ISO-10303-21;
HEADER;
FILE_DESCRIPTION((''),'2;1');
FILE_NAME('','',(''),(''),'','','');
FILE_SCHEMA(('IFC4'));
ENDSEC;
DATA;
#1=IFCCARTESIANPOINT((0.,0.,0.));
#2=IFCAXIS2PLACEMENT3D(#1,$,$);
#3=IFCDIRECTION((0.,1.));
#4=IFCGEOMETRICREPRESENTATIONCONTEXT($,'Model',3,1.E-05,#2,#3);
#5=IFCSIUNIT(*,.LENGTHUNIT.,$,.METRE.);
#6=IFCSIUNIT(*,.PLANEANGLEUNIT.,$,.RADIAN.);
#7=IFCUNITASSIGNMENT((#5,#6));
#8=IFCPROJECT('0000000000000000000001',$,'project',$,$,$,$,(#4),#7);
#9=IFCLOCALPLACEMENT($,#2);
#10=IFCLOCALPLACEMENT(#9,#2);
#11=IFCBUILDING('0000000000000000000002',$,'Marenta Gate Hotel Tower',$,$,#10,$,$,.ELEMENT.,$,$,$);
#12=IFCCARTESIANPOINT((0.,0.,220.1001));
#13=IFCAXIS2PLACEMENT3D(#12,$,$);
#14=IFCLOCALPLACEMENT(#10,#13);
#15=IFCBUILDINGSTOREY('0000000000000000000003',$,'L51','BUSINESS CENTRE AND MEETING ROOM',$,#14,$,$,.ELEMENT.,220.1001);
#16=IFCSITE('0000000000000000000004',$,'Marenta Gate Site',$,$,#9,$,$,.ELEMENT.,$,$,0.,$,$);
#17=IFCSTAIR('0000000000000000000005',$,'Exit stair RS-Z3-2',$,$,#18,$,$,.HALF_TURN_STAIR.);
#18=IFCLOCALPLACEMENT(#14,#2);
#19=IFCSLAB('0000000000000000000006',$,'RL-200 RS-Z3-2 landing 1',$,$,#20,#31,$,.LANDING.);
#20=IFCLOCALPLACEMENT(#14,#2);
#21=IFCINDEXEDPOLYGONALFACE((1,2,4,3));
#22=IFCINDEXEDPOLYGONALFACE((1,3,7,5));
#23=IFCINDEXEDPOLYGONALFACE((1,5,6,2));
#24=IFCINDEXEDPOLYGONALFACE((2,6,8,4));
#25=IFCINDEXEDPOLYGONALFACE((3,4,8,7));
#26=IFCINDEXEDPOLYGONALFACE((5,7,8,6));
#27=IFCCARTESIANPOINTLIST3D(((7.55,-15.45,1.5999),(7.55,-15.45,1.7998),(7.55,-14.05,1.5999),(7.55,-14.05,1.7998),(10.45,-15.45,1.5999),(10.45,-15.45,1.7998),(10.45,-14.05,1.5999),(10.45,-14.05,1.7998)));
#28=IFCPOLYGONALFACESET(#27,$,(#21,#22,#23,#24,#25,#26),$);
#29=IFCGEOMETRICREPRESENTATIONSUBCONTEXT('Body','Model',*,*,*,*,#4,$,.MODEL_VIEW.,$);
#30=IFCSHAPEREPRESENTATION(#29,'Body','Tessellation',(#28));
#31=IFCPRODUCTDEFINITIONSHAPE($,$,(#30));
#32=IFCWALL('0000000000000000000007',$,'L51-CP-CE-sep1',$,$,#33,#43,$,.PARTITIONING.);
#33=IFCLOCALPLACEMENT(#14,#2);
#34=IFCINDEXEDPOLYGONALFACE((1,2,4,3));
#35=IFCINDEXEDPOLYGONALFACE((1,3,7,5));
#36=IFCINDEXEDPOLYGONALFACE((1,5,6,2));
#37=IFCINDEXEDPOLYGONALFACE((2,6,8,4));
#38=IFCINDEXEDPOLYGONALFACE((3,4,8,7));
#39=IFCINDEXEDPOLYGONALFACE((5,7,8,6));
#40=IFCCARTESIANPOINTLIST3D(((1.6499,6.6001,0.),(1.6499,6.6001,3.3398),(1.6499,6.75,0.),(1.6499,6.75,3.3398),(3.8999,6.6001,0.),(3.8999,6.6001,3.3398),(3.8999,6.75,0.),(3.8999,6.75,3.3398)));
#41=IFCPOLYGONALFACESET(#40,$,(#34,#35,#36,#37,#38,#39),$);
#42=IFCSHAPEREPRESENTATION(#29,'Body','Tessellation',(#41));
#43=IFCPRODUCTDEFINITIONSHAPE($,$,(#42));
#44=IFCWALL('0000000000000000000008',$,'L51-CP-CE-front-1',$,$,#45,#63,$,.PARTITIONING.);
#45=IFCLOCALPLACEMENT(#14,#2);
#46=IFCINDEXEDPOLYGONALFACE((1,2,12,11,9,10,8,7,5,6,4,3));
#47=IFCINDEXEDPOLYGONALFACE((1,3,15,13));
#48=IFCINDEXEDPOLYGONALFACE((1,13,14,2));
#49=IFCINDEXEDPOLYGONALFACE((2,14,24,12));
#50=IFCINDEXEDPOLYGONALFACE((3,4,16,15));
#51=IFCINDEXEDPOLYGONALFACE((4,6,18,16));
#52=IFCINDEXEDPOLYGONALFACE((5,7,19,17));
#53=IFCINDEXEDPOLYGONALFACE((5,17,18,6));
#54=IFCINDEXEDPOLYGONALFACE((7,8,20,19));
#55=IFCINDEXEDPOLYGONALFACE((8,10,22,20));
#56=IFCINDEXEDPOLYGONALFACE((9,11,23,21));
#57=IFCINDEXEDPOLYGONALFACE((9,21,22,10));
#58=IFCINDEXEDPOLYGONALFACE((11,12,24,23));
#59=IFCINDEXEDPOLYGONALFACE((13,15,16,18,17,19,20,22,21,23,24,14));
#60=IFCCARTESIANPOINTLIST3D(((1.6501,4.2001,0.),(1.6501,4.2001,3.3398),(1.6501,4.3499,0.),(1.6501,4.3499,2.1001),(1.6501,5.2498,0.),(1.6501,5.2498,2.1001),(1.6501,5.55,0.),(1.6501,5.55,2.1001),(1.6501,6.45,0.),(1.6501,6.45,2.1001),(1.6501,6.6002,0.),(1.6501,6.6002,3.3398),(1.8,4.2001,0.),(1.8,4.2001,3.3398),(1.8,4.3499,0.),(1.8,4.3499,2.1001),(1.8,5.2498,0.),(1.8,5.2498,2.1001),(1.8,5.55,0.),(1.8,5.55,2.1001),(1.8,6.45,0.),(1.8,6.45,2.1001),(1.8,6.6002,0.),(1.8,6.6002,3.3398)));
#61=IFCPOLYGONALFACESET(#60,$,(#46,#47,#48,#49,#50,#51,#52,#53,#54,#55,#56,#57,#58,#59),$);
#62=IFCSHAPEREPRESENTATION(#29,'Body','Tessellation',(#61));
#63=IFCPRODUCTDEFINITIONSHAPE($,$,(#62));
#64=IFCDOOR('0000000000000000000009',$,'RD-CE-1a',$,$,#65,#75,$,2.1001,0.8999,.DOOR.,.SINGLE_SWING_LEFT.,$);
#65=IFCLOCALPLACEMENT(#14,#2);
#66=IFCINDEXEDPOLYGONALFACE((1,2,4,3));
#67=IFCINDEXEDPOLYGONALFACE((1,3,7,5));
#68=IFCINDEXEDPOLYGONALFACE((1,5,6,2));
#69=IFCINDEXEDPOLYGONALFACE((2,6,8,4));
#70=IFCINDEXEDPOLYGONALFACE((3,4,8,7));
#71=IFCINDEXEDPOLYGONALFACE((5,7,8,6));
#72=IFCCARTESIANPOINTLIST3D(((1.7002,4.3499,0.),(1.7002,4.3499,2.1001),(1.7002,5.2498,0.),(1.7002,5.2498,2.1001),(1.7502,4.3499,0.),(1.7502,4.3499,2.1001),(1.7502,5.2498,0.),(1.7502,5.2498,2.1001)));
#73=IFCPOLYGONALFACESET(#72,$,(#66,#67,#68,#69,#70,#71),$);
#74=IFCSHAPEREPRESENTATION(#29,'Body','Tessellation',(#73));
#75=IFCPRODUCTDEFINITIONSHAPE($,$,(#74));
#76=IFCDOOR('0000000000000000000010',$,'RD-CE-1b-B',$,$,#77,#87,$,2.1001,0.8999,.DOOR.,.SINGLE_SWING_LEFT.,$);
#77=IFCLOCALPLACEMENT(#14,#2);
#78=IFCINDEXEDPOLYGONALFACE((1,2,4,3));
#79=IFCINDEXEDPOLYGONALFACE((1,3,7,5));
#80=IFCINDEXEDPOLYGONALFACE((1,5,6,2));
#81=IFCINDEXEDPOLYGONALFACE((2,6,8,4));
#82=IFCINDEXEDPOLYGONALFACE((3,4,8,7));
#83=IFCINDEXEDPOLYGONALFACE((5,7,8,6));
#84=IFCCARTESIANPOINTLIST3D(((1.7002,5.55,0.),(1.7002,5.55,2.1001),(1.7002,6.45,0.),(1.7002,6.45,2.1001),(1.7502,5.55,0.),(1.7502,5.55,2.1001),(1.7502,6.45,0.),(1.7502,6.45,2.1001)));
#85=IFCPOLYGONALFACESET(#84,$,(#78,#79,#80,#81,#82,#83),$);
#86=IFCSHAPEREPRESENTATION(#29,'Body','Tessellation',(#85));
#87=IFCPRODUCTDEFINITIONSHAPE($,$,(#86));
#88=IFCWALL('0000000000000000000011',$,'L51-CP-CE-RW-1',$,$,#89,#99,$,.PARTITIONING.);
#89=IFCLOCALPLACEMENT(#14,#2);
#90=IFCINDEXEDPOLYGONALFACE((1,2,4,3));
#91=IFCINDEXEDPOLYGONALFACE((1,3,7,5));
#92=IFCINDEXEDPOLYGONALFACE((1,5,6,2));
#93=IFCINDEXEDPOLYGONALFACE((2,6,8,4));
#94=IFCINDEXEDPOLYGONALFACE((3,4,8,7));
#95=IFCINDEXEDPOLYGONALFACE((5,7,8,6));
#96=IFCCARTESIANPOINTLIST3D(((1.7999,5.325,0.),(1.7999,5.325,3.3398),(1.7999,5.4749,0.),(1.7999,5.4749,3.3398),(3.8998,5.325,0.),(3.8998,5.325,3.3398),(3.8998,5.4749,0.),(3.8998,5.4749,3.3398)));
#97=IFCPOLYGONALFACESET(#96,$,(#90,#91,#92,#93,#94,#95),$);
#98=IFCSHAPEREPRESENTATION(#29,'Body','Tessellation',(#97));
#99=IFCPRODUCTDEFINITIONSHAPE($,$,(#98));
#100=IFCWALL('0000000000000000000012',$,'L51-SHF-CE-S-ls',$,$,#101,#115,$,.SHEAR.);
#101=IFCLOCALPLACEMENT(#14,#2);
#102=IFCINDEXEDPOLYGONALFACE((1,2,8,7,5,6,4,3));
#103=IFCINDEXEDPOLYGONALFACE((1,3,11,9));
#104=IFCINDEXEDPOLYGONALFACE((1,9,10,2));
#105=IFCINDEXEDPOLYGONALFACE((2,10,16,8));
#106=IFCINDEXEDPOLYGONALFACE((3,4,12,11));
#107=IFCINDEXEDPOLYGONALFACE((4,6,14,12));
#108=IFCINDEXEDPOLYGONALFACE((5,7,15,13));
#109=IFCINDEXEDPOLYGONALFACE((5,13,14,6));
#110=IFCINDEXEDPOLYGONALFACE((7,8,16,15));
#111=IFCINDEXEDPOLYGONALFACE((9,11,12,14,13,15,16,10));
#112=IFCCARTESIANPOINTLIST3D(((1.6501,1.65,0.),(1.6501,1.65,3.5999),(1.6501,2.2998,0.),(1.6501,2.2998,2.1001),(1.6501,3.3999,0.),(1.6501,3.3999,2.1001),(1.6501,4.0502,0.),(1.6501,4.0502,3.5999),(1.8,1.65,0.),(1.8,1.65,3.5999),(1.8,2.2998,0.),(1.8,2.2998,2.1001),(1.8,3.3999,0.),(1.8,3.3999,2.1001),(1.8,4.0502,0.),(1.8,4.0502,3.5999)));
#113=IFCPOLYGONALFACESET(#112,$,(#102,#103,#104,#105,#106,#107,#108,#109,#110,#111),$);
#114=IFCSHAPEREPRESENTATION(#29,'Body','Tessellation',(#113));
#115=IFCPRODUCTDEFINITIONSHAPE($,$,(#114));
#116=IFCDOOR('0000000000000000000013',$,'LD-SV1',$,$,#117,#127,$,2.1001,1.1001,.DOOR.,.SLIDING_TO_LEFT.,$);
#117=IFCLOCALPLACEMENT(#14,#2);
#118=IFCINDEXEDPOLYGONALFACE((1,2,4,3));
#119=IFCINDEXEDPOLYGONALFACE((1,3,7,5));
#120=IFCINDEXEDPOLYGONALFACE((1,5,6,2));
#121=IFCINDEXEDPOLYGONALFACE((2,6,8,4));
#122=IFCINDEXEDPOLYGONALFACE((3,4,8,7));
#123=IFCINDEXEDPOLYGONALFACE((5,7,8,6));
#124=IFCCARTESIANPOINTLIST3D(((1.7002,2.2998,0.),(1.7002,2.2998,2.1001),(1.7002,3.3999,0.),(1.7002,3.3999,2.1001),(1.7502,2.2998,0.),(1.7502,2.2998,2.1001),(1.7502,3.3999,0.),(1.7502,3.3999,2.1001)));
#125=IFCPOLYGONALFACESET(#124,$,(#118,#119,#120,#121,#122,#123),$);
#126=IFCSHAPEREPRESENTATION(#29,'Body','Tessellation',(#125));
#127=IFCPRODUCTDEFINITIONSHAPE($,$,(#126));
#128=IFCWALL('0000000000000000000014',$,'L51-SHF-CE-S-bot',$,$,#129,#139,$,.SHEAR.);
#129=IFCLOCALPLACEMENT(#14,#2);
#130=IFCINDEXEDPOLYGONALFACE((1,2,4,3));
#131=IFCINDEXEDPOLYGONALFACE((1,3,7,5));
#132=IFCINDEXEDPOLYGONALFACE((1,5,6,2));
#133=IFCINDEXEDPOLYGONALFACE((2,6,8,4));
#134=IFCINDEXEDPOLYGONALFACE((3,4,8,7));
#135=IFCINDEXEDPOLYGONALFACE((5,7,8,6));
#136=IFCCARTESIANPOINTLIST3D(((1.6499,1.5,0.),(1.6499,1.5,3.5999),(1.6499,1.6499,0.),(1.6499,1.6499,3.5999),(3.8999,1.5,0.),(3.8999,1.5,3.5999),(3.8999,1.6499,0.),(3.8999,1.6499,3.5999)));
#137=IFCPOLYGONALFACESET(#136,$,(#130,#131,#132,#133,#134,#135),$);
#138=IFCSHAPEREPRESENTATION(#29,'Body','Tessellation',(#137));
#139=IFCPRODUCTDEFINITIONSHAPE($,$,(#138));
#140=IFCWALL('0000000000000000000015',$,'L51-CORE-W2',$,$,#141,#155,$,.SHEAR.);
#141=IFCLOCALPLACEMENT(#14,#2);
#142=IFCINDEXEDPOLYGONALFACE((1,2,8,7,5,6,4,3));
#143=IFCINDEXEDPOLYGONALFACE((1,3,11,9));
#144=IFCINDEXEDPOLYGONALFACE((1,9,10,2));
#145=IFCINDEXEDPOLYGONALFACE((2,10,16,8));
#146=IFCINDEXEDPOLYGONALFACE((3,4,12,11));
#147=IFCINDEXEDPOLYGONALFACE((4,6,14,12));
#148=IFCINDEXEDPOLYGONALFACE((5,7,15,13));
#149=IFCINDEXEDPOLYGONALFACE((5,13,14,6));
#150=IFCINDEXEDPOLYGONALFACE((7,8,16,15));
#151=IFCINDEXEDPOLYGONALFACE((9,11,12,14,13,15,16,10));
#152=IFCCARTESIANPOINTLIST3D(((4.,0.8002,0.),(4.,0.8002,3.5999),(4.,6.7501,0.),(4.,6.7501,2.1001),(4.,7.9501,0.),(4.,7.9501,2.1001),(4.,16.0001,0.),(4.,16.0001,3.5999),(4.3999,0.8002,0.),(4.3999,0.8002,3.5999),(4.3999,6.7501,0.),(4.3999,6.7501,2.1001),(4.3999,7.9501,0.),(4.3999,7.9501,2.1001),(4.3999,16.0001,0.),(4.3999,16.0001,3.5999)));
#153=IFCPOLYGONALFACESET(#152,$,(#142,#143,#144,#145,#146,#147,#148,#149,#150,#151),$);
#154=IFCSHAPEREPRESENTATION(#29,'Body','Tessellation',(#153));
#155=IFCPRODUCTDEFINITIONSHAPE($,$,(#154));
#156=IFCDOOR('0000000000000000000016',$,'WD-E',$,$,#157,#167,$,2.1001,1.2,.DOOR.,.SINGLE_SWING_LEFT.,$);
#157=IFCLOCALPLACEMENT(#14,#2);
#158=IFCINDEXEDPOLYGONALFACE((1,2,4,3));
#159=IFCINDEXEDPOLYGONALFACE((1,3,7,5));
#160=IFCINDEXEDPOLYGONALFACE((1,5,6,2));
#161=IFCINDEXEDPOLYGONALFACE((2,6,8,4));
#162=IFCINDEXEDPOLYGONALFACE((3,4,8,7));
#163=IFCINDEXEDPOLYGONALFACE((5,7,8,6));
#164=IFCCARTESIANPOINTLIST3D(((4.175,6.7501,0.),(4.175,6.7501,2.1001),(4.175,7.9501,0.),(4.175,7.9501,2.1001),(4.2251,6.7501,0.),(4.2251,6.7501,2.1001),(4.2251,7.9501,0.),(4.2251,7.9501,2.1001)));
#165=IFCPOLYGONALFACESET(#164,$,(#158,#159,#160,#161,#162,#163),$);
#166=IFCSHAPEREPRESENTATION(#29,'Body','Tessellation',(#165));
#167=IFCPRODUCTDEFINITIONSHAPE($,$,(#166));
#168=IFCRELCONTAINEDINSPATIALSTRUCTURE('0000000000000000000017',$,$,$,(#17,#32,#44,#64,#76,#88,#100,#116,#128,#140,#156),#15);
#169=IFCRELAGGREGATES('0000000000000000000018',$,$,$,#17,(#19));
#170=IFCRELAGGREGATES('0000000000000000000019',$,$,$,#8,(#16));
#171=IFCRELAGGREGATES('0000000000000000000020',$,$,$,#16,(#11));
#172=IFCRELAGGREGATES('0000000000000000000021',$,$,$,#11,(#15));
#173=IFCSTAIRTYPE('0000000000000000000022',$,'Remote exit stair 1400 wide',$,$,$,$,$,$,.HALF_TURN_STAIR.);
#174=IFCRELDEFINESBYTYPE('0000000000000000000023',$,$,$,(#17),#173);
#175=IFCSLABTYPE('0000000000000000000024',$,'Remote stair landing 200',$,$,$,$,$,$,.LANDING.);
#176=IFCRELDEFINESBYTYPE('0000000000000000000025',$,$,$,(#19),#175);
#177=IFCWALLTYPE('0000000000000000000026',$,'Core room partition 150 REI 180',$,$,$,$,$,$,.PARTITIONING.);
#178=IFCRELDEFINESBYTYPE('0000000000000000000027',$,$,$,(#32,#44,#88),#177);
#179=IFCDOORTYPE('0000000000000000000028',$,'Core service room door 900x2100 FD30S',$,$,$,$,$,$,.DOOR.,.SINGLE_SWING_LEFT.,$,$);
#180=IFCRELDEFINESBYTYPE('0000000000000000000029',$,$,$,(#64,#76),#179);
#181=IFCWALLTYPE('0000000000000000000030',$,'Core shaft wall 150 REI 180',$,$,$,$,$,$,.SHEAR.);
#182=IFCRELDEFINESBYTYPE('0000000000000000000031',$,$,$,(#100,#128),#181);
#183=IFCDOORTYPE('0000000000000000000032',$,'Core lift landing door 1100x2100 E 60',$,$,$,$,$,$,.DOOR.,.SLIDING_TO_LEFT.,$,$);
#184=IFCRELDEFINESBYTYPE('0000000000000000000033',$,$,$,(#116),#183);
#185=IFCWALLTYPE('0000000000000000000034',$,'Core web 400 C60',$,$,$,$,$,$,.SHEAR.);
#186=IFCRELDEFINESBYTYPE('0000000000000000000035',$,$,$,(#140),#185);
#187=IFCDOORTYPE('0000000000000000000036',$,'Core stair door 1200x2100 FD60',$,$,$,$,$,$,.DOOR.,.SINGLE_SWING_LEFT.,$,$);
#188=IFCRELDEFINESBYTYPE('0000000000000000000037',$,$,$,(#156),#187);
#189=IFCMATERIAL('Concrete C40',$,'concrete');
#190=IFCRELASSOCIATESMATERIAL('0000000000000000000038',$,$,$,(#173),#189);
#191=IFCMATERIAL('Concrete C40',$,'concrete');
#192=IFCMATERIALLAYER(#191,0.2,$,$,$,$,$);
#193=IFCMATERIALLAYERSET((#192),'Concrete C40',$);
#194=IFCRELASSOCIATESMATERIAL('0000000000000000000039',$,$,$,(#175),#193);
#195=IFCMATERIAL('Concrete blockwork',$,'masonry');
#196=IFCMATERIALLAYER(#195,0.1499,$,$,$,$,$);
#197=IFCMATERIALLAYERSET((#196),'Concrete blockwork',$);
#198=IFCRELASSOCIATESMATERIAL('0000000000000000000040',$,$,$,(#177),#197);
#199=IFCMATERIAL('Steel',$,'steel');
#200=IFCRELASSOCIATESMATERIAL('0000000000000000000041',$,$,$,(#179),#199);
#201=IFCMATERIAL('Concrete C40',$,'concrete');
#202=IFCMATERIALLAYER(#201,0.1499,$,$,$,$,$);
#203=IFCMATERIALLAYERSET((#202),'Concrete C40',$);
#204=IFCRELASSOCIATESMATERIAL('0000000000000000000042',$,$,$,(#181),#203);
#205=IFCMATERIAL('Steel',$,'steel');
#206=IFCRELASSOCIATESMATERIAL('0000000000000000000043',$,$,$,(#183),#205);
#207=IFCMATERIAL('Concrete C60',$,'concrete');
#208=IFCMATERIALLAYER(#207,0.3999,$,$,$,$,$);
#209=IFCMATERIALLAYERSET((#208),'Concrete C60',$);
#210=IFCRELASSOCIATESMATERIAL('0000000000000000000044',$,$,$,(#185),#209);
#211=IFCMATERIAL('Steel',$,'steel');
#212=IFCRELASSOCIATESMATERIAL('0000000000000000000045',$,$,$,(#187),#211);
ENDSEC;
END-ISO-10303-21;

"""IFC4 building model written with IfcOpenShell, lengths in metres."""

from ifc_helpers import new_model, si_unit, direction, frame, frame_2d, origin, place, context, subcontext, project, spatial, polyline, rectangle, outline, extrude, material, layer, layer_set, type_object, element, fill, aggregate, save


model = new_model("IFC4")

# Units and contexts
model_context = context("Model", 3, precision=1e-05, world=origin(), true_north=direction((0.0, 1.0)))
body_context = subcontext(model_context, "Body", "Model", "MODEL_VIEW")
ifc_project = project(units=[si_unit("LENGTHUNIT", "METRE"), si_unit("PLANEANGLEUNIT", "RADIAN")], contexts=[model_context])

# Site, building, storey
site_placement = place(None, origin())
site = spatial("IfcSite", under=ifc_project, at=site_placement, Name="Marenta Gate Site", CompositionType="ELEMENT", RefElevation=0.0)
building_placement = place(site_placement, origin())
building = spatial("IfcBuilding", under=site, at=building_placement, Name="Marenta Gate Hotel Tower", CompositionType="ELEMENT")
storey_placement = place(building_placement, frame((0.0, 0.0, 220.1001)))
storey = spatial("IfcBuildingStorey", under=building, at=storey_placement, Name="L51", Description="BUSINESS CENTRE AND MEETING ROOM", CompositionType="ELEMENT", Elevation=220.1001)

# Stair, slab
ifc_material_1 = material(Name="Concrete C40", Category="concrete")
stair_type_1 = type_object("IfcStairType", Name="Remote exit stair 1400 wide", PredefinedType="HALF_TURN_STAIR", material=ifc_material_1)
stair_1_placement = place(storey_placement, origin())
stair_1 = element("IfcStair", 1, at=stair_1_placement, inside=storey, type_object=stair_type_1, Name="Exit stair RS-Z3-2", PredefinedType="HALF_TURN_STAIR")
ifc_material_2 = material(Name="Concrete C40", Category="concrete")
ifc_layer_1 = layer(ifc_material_2, 0.2)
ifc_layer_set_1 = layer_set([ifc_layer_1], Name="Concrete C40")
slab_type = type_object("IfcSlabType", Name="Remote stair landing 200", PredefinedType="LANDING", material=ifc_layer_set_1)
slab_placement = place(storey_placement, frame((0.0, 0.0, 1.5999)))
slab = element("IfcSlab", 2, at=slab_placement, type_object=slab_type, Name="RL-200 RS-Z3-2 landing 1", PredefinedType="LANDING", context=body_context, shape_type="SweptSolid", body=[
    extrude(outline(polyline([(7.55, -15.45), (10.45, -15.45), (10.45, -14.05), (7.55, -14.05), (7.55, -15.45)])), origin(), (0.0, 0.0, 1.0), 0.2),
])
aggregate(stair_1, [slab])

# Wall
ifc_material_3 = material(Name="Concrete blockwork", Category="masonry")
ifc_layer_2 = layer(ifc_material_3, 0.1499)
ifc_layer_set_2 = layer_set([ifc_layer_2], Name="Concrete blockwork")
wall_type_1 = type_object("IfcWallType", Name="Core room partition 150 REI 180", PredefinedType="PARTITIONING", material=ifc_layer_set_2)
wall_1_placement = place(storey_placement, frame((1.6499, 6.675, 0.0), z_axis=(0.0, 0.0, 1.0), x_axis=(1.0, 0.0, 0.0)))
element("IfcWall", 3, at=wall_1_placement, inside=storey, type_object=wall_type_1, Name="L51-CP-CE-sep1", PredefinedType="PARTITIONING", context=body_context, shape_type="SweptSolid", body=[
    extrude(rectangle(XDim=2.25, YDim=0.1499, at=frame_2d((1.125, 0.0))), origin(), (0.0, 0.0, 1.0), 3.3398),
])

# Wall, openings, doors
wall_2_placement = place(storey_placement, frame((1.7251, 4.2, 0.0), z_axis=(0.0, 0.0, 1.0), x_axis=(0.0, 1.0, 0.0)))
wall_2 = element("IfcWall", 4, at=wall_2_placement, inside=storey, type_object=wall_type_1, Name="L51-CP-CE-front-1", PredefinedType="PARTITIONING", context=body_context, shape_type="SweptSolid", body=[
    extrude(rectangle(XDim=2.4001, YDim=0.1499, at=frame_2d((1.2002, 0.0))), origin(), (0.0, 0.0, 1.0), 3.3398),
])
opening_1_placement = place(wall_2_placement, frame((0.1499, 0.0, 0.0)))
opening_1 = element("IfcOpeningElement", 5, at=opening_1_placement, cuts=wall_2, PredefinedType="OPENING", context=body_context, shape_type="SweptSolid", body=[
    extrude(rectangle(XDim=0.8999, YDim=2.1001, at=frame_2d((0.45, 1.05))), frame((0.0, 0.075, 0.0), z_axis=(0.0, -1.0, 0.0), x_axis=(1.0, 0.0, 0.0)), (0.0, 0.0, 1.0), 0.1499),
])
opening_2_placement = place(wall_2_placement, frame((1.3501, 0.0, 0.0)))
opening_2 = element("IfcOpeningElement", 6, at=opening_2_placement, cuts=wall_2, PredefinedType="OPENING", context=body_context, shape_type="SweptSolid", body=[
    extrude(rectangle(XDim=0.8999, YDim=2.1001, at=frame_2d((0.45, 1.05))), frame((0.0, 0.075, 0.0), z_axis=(0.0, -1.0, 0.0), x_axis=(1.0, 0.0, 0.0)), (0.0, 0.0, 1.0), 0.1499),
])
ifc_material_4 = material(Name="Steel", Category="steel")
door_type_1 = type_object("IfcDoorType", Name="Core service room door 900x2100 FD30S", OperationType="SINGLE_SWING_LEFT", PredefinedType="DOOR", material=ifc_material_4)
door_1_placement = place(opening_1_placement, origin())
door_1 = element("IfcDoor", 7, at=door_1_placement, inside=storey, type_object=door_type_1, Name="RD-CE-1a", OperationType="SINGLE_SWING_LEFT", OverallHeight=2.1001, OverallWidth=0.8999, PredefinedType="DOOR", context=body_context, shape_type="SweptSolid", body=[
    extrude(rectangle(XDim=0.8999, YDim=2.1001, at=frame_2d((0.45, 1.05))), frame((0.0, 0.0249, 0.0), z_axis=(0.0, -1.0, 0.0), x_axis=(1.0, 0.0, 0.0)), (0.0, 0.0, 1.0), 0.05),
])
fill(opening_1, door_1)
door_2_placement = place(opening_2_placement, origin())
door_2 = element("IfcDoor", 8, at=door_2_placement, inside=storey, type_object=door_type_1, Name="RD-CE-1b-B", OperationType="SINGLE_SWING_LEFT", OverallHeight=2.1001, OverallWidth=0.8999, PredefinedType="DOOR", context=body_context, shape_type="SweptSolid", body=[
    extrude(rectangle(XDim=0.8999, YDim=2.1001, at=frame_2d((0.45, 1.05))), frame((0.0, 0.0249, 0.0), z_axis=(0.0, -1.0, 0.0), x_axis=(1.0, 0.0, 0.0)), (0.0, 0.0, 1.0), 0.05),
])
fill(opening_2, door_2)

# Wall
wall_3_placement = place(storey_placement, frame((1.8, 5.3999, 0.0), z_axis=(0.0, 0.0, 1.0), x_axis=(1.0, 0.0, 0.0)))
element("IfcWall", 9, at=wall_3_placement, inside=storey, type_object=wall_type_1, Name="L51-CP-CE-RW-1", PredefinedType="PARTITIONING", context=body_context, shape_type="SweptSolid", body=[
    extrude(rectangle(XDim=2.0999, YDim=0.1499, at=frame_2d((1.0498, 0.0))), origin(), (0.0, 0.0, 1.0), 3.3398),
])

# Wall, opening, door
ifc_material_5 = material(Name="Concrete C40", Category="concrete")
ifc_layer_3 = layer(ifc_material_5, 0.1499)
ifc_layer_set_3 = layer_set([ifc_layer_3], Name="Concrete C40")
wall_type_2 = type_object("IfcWallType", Name="Core shaft wall 150 REI 180", PredefinedType="SHEAR", material=ifc_layer_set_3)
wall_4_placement = place(storey_placement, frame((1.7251, 1.6499, 0.0), z_axis=(0.0, 0.0, 1.0), x_axis=(0.0, 1.0, 0.0)))
wall_4 = element("IfcWall", 10, at=wall_4_placement, inside=storey, type_object=wall_type_2, Name="L51-SHF-CE-S-ls", PredefinedType="SHEAR", context=body_context, shape_type="SweptSolid", body=[
    extrude(rectangle(XDim=2.4001, YDim=0.1499, at=frame_2d((1.2002, 0.0))), origin(), (0.0, 0.0, 1.0), 3.5999),
])
opening_3_placement = place(wall_4_placement, frame((0.6499, 0.0, 0.0)))
opening_3 = element("IfcOpeningElement", 11, at=opening_3_placement, cuts=wall_4, PredefinedType="OPENING", context=body_context, shape_type="SweptSolid", body=[
    extrude(rectangle(XDim=1.1001, YDim=2.1001, at=frame_2d((0.55, 1.05))), frame((0.0, 0.075, 0.0), z_axis=(0.0, -1.0, 0.0), x_axis=(1.0, 0.0, 0.0)), (0.0, 0.0, 1.0), 0.1499),
])
ifc_material_6 = material(Name="Steel", Category="steel")
door_type_2 = type_object("IfcDoorType", Name="Core lift landing door 1100x2100 E 60", OperationType="SLIDING_TO_LEFT", PredefinedType="DOOR", material=ifc_material_6)
door_3_placement = place(opening_3_placement, origin())
door_3 = element("IfcDoor", 12, at=door_3_placement, inside=storey, type_object=door_type_2, Name="LD-SV1", OperationType="SLIDING_TO_LEFT", OverallHeight=2.1001, OverallWidth=1.1001, PredefinedType="DOOR", context=body_context, shape_type="SweptSolid", body=[
    extrude(rectangle(XDim=1.1001, YDim=2.1001, at=frame_2d((0.55, 1.05))), frame((0.0, 0.0249, 0.0), z_axis=(0.0, -1.0, 0.0), x_axis=(1.0, 0.0, 0.0)), (0.0, 0.0, 1.0), 0.05),
])
fill(opening_3, door_3)

# Wall
wall_5_placement = place(storey_placement, frame((1.6499, 1.575, 0.0), z_axis=(0.0, 0.0, 1.0), x_axis=(1.0, 0.0, 0.0)))
element("IfcWall", 13, at=wall_5_placement, inside=storey, type_object=wall_type_2, Name="L51-SHF-CE-S-bot", PredefinedType="SHEAR", context=body_context, shape_type="SweptSolid", body=[
    extrude(rectangle(XDim=2.25, YDim=0.1499, at=frame_2d((1.125, 0.0))), origin(), (0.0, 0.0, 1.0), 3.5999),
])

# Wall, opening, door
ifc_material_7 = material(Name="Concrete C60", Category="concrete")
ifc_layer_4 = layer(ifc_material_7, 0.3999)
ifc_layer_set_4 = layer_set([ifc_layer_4], Name="Concrete C60")
wall_type_3 = type_object("IfcWallType", Name="Core web 400 C60", PredefinedType="SHEAR", material=ifc_layer_set_4)
wall_6_placement = place(storey_placement, frame((4.2, 0.8, 0.0), z_axis=(0.0, 0.0, 1.0), x_axis=(0.0, 1.0, 0.0)))
wall_6 = element("IfcWall", 14, at=wall_6_placement, inside=storey, type_object=wall_type_3, Name="L51-CORE-W2", PredefinedType="SHEAR", context=body_context, shape_type="SweptSolid", body=[
    extrude(rectangle(XDim=15.2, YDim=0.3999, at=frame_2d((7.6001, 0.0))), origin(), (0.0, 0.0, 1.0), 3.5999),
])
opening_4_placement = place(wall_6_placement, frame((5.95, 0.0, 0.0)))
opening_4 = element("IfcOpeningElement", 15, at=opening_4_placement, cuts=wall_6, PredefinedType="OPENING", context=body_context, shape_type="SweptSolid", body=[
    extrude(rectangle(XDim=1.2, YDim=2.1001, at=frame_2d((0.6001, 1.05))), frame((0.0, 0.2, 0.0), z_axis=(0.0, -1.0, 0.0), x_axis=(1.0, 0.0, 0.0)), (0.0, 0.0, 1.0), 0.3999),
])
ifc_material_8 = material(Name="Steel", Category="steel")
door_type_3 = type_object("IfcDoorType", Name="Core stair door 1200x2100 FD60", OperationType="SINGLE_SWING_LEFT", PredefinedType="DOOR", material=ifc_material_8)
door_4_placement = place(opening_4_placement, origin())
door_4 = element("IfcDoor", 16, at=door_4_placement, inside=storey, type_object=door_type_3, Name="WD-E", OperationType="SINGLE_SWING_LEFT", OverallHeight=2.1001, OverallWidth=1.2, PredefinedType="DOOR", context=body_context, shape_type="SweptSolid", body=[
    extrude(rectangle(XDim=1.2, YDim=2.1001, at=frame_2d((0.6001, 1.05))), frame((0.0, 0.0249, 0.0), z_axis=(0.0, -1.0, 0.0), x_axis=(1.0, 0.0, 0.0)), (0.0, 0.0, 1.0), 0.05),
])
fill(opening_4, door_4)

save(model, "model.ifc")
